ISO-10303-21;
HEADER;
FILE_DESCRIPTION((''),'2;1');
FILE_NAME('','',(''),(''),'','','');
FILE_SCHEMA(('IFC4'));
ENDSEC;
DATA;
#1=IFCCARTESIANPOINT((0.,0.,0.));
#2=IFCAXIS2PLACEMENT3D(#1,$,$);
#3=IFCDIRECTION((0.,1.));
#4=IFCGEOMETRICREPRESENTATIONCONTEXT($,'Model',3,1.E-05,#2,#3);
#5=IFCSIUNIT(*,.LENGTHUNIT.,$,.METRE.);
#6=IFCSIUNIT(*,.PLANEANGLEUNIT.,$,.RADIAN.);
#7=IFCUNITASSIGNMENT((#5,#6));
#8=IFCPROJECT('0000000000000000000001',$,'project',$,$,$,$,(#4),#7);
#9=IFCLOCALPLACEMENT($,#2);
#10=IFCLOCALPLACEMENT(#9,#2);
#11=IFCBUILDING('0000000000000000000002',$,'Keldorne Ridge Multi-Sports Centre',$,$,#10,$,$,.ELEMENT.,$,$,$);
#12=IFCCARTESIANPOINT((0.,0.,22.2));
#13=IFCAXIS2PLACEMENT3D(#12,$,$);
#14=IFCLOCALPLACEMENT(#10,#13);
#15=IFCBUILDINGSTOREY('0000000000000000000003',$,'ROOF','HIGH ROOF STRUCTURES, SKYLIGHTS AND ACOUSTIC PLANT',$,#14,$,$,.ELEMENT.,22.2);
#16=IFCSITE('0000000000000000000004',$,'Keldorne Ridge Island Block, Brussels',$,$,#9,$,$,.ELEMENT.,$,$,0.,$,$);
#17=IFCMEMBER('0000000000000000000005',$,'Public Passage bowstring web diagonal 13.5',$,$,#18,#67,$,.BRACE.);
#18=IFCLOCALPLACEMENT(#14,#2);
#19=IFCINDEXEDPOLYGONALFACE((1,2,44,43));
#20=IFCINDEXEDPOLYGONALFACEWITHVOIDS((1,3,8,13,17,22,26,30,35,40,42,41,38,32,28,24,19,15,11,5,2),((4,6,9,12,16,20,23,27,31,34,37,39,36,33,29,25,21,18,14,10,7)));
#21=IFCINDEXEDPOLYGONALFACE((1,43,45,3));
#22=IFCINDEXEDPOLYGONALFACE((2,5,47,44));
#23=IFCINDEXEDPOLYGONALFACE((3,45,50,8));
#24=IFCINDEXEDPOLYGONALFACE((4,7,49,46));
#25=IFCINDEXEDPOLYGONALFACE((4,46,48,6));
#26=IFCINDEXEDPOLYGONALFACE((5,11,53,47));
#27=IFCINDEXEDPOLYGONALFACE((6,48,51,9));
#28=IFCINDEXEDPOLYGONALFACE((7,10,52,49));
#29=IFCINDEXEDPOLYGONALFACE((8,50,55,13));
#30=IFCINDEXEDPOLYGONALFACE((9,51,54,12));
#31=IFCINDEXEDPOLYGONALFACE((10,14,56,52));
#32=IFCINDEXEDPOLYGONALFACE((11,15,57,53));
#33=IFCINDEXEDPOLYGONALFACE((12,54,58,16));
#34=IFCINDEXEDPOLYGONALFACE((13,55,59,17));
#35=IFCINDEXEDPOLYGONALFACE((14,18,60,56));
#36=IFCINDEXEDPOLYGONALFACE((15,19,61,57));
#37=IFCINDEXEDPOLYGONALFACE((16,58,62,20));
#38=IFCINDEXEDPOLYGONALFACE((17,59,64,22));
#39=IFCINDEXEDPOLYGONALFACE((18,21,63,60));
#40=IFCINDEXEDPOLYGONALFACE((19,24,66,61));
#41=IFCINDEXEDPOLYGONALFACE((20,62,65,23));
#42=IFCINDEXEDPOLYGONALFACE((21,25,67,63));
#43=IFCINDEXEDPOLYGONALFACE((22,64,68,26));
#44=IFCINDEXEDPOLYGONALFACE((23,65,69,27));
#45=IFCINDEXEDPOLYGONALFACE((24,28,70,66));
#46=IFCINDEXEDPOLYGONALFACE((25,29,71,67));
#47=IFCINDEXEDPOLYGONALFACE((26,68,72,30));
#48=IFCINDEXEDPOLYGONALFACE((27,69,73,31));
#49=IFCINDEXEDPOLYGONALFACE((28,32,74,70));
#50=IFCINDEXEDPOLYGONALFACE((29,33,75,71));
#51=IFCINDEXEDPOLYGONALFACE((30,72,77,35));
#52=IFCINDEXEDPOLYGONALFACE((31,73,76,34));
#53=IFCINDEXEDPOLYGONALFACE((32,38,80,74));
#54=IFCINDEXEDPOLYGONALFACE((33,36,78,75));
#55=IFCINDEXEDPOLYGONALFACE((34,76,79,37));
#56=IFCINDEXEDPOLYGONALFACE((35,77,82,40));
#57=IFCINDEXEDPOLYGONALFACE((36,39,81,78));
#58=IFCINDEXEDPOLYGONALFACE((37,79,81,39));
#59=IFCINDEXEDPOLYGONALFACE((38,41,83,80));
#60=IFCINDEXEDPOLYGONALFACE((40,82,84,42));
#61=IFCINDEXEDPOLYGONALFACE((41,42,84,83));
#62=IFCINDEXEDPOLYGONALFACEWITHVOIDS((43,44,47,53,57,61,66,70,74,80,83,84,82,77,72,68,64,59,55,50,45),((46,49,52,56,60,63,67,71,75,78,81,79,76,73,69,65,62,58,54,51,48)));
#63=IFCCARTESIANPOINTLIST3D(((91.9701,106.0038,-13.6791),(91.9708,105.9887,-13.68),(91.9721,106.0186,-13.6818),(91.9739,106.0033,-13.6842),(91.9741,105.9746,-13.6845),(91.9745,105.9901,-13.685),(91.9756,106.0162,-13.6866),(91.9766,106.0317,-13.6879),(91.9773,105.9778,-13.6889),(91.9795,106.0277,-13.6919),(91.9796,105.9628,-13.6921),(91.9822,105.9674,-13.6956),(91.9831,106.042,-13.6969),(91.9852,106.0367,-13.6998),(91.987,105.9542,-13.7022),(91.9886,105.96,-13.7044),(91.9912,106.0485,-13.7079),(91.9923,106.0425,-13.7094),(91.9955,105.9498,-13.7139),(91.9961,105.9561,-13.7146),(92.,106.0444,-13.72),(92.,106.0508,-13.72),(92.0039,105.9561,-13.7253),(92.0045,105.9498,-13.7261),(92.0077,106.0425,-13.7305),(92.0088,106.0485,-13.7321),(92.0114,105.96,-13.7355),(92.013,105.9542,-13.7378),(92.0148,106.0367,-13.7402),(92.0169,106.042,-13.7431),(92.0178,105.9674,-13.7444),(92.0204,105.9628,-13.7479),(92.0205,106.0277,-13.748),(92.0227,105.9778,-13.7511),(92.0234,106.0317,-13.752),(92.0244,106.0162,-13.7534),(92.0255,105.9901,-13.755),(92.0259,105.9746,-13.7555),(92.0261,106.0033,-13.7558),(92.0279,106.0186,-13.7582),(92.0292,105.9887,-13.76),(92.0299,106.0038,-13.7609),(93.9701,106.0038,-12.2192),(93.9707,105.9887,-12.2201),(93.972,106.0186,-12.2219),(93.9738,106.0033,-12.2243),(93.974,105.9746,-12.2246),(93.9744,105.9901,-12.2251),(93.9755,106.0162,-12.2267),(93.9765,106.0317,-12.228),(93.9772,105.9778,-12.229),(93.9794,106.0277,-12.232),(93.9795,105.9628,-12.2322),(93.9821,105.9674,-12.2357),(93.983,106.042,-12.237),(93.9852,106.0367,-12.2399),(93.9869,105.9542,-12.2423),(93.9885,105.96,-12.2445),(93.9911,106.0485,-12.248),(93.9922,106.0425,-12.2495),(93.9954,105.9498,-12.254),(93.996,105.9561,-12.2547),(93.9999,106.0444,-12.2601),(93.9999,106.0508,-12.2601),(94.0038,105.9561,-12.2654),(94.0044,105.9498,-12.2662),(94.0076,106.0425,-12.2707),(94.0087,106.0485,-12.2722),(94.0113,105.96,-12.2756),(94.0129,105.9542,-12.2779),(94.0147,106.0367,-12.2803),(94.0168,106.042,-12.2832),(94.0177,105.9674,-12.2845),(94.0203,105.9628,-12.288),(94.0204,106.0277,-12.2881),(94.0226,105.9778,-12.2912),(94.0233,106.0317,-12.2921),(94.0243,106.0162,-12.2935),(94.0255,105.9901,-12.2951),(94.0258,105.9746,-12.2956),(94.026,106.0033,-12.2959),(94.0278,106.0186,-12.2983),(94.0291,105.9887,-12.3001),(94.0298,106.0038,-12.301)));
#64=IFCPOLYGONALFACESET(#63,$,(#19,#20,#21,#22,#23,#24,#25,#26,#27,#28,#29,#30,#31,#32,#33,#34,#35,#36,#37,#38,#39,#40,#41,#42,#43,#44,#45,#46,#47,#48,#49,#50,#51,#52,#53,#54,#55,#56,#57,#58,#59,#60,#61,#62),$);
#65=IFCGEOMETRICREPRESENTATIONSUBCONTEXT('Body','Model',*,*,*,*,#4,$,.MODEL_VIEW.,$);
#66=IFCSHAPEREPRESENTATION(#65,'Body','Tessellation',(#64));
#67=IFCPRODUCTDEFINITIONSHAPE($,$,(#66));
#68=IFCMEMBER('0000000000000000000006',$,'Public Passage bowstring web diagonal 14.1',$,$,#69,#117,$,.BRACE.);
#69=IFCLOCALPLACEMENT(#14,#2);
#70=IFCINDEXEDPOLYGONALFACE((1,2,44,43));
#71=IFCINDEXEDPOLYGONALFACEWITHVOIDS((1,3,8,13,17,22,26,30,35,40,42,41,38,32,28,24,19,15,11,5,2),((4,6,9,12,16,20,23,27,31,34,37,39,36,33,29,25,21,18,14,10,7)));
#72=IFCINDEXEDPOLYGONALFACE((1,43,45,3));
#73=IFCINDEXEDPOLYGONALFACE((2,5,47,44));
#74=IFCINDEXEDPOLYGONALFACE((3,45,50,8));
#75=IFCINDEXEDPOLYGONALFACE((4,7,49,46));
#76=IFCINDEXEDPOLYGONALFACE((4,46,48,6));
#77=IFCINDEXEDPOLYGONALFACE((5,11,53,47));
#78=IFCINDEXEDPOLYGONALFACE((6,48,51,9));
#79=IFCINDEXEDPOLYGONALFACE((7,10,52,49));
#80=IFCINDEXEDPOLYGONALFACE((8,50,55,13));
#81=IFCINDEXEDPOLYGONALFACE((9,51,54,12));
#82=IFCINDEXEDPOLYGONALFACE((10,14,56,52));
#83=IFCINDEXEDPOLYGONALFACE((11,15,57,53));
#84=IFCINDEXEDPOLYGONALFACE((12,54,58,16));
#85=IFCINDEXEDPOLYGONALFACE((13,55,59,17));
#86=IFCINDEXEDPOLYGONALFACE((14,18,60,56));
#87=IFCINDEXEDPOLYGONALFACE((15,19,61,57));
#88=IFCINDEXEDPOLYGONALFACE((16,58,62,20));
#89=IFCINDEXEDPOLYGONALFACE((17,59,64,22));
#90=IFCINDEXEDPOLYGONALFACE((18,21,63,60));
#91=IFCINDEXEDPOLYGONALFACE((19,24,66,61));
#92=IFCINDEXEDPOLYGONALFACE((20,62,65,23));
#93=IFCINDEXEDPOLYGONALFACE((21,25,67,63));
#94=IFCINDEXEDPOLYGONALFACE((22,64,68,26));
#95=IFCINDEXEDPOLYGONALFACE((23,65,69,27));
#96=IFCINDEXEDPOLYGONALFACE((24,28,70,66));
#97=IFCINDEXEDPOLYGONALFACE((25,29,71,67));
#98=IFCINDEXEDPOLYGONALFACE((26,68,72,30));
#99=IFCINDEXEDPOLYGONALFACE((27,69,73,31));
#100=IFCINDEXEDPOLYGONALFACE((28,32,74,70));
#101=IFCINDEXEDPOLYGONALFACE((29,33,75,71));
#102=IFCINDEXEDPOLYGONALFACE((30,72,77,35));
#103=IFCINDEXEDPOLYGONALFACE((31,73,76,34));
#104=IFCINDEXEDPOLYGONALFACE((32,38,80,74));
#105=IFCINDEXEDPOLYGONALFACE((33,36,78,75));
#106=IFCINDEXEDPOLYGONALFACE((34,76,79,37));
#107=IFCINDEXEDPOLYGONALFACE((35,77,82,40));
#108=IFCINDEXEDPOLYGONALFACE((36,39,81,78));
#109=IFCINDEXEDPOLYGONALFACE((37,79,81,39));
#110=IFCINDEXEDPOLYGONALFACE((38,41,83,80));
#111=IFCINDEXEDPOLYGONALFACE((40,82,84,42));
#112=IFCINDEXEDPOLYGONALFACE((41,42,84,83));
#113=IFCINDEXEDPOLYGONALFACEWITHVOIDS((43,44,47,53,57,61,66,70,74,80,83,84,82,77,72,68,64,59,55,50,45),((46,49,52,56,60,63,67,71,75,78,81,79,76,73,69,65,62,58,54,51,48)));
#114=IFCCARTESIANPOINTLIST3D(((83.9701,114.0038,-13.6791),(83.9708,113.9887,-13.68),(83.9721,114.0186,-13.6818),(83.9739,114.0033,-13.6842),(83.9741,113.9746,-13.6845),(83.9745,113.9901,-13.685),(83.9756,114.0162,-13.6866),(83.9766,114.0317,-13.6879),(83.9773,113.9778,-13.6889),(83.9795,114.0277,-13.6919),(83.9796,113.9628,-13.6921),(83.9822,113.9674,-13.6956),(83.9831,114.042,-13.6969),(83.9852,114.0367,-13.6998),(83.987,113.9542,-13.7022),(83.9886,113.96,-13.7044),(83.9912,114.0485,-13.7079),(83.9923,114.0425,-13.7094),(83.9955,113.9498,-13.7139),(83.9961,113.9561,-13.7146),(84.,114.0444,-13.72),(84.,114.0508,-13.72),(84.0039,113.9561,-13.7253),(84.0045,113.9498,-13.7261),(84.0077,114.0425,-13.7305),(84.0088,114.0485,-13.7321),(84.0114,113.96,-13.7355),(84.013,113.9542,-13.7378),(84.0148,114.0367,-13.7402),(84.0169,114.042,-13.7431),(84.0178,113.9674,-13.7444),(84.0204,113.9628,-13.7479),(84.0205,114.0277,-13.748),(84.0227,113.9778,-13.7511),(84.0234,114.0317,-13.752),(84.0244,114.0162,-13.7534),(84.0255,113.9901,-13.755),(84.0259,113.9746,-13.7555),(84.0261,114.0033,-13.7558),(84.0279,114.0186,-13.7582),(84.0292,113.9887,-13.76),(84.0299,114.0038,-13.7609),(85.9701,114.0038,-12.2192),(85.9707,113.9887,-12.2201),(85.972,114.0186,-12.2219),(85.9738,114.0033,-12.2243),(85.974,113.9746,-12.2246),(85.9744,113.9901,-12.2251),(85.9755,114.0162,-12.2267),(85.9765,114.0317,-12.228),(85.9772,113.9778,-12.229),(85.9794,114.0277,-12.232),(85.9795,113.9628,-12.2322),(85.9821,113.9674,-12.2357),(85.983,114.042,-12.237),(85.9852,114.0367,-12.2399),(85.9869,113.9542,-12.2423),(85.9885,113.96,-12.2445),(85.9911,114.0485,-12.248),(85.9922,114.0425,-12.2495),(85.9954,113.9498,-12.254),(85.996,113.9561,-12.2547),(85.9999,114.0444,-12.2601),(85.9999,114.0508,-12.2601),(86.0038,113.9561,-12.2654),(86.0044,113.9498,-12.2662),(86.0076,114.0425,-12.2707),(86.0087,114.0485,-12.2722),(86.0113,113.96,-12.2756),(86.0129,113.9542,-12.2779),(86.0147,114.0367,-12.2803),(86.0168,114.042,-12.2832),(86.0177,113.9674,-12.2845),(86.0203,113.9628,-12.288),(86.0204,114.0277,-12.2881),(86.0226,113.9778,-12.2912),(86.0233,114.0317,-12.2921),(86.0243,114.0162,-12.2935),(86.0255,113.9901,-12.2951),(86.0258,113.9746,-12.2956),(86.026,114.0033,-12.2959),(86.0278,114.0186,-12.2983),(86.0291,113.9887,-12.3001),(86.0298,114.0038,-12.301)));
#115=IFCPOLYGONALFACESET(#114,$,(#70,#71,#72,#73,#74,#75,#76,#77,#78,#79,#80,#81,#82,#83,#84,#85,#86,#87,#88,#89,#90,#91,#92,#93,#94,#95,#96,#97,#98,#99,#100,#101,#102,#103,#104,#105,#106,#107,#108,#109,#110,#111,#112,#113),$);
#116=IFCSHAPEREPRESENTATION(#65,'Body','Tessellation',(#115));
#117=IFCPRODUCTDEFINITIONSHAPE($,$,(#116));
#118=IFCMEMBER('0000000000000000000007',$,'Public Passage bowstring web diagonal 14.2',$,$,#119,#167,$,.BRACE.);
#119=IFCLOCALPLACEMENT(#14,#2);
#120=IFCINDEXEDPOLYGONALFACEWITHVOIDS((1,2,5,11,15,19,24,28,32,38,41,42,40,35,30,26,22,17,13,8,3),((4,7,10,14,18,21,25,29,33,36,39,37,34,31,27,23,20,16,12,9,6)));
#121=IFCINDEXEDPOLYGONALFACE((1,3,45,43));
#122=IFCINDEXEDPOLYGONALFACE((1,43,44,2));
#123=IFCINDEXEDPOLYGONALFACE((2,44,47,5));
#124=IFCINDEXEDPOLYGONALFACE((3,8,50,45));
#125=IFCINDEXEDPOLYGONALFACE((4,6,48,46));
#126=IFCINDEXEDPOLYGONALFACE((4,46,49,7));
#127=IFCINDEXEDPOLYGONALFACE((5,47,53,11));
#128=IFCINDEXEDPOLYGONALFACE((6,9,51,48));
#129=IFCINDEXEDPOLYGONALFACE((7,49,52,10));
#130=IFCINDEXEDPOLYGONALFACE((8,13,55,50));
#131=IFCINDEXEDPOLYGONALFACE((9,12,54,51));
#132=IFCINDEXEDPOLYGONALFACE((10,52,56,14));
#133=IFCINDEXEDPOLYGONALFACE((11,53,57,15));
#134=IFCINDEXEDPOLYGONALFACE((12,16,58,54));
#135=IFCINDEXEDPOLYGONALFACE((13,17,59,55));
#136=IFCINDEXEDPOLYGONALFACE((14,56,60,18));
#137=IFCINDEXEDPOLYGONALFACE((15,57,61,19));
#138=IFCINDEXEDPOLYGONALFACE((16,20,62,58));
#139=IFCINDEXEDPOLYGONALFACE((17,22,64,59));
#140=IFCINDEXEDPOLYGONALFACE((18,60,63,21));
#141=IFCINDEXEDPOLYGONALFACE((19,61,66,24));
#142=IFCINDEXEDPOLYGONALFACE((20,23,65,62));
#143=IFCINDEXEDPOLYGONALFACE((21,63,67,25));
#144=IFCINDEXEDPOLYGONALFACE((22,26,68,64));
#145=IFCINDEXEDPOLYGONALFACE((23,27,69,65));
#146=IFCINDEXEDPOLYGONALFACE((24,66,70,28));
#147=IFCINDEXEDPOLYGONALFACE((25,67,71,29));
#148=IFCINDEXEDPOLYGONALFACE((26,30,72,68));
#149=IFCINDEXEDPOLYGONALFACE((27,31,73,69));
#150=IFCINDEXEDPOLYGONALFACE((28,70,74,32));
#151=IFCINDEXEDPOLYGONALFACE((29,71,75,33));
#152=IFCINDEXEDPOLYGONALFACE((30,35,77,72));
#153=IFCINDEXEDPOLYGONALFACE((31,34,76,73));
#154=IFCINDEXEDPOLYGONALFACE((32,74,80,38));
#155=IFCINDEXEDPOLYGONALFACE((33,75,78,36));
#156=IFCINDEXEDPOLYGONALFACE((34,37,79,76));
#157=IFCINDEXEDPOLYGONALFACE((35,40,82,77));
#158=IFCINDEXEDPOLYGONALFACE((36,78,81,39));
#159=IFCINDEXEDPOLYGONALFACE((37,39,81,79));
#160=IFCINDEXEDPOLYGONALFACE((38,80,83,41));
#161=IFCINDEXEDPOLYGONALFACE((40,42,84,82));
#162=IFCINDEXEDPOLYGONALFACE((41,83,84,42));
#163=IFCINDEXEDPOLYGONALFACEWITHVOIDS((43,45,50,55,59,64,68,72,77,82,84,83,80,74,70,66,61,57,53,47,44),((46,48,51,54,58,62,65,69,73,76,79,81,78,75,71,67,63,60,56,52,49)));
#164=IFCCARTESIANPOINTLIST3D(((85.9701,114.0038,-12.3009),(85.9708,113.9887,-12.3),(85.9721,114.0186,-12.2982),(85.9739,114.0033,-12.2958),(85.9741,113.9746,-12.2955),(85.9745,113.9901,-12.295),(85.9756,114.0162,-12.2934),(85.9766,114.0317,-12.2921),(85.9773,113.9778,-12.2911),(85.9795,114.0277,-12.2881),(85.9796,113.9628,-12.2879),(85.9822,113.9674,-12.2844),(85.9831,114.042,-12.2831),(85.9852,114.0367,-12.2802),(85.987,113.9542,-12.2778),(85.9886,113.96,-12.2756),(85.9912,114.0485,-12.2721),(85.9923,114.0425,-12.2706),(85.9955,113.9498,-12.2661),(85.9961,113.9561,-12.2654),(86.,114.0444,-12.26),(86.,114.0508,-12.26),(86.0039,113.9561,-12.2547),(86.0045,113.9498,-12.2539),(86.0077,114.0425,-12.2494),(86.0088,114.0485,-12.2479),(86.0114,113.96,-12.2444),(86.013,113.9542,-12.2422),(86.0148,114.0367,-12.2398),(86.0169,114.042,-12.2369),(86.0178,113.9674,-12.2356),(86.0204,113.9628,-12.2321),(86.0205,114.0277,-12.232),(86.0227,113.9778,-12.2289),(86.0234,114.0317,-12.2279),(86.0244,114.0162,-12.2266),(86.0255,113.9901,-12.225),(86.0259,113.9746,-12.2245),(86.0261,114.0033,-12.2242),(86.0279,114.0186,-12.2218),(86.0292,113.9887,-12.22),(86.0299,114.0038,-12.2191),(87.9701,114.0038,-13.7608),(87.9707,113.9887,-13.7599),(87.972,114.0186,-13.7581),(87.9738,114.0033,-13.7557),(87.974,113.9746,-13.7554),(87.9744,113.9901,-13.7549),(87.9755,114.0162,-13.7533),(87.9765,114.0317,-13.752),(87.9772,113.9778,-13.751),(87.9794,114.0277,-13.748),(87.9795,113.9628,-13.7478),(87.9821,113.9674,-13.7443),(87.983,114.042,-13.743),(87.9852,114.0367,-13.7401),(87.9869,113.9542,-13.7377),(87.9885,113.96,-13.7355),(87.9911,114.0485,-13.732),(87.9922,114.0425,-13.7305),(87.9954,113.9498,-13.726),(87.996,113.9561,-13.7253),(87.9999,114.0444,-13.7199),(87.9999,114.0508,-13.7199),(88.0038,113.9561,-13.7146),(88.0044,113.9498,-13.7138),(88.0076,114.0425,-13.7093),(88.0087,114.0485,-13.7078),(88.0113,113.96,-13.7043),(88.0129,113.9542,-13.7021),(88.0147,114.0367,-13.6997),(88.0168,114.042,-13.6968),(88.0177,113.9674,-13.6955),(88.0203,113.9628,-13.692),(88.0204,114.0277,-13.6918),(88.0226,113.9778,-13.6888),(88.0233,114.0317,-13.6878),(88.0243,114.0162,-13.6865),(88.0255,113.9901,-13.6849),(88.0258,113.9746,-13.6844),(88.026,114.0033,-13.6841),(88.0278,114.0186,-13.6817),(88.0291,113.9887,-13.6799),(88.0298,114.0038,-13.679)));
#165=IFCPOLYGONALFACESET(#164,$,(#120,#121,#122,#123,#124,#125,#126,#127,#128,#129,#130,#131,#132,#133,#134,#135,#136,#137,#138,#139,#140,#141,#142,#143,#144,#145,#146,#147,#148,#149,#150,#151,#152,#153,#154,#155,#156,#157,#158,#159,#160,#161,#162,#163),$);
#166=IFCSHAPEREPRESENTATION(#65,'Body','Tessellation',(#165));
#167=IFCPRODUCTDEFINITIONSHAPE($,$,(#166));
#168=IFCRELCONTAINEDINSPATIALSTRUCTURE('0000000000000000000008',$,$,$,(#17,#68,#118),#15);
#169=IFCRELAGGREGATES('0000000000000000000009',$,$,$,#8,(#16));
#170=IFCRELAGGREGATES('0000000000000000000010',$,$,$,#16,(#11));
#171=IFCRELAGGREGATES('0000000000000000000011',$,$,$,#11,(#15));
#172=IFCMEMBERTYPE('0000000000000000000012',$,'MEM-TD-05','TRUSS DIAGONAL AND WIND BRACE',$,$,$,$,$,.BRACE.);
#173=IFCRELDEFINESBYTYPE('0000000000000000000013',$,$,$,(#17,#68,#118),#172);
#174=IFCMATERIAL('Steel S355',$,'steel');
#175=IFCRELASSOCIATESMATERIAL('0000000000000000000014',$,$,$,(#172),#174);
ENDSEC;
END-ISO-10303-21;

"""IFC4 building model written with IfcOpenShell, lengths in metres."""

from ifc_helpers import new_model, si_unit, direction, frame, origin, origin_2d, place, context, subcontext, project, spatial, hollow_circle, extrude, material, material_profile, profile_set, type_object, element, save


model = new_model("IFC4")

# Units and contexts
model_context = context("Model", 3, precision=1e-05, world=origin(), true_north=direction((0.0, 1.0)))
body_context = subcontext(model_context, "Body", "Model", "MODEL_VIEW")
ifc_project = project(units=[si_unit("LENGTHUNIT", "METRE"), si_unit("PLANEANGLEUNIT", "RADIAN")], contexts=[model_context])

# Site, building, storey
site_placement = place(None, origin())
site = spatial("IfcSite", under=ifc_project, at=site_placement, Name="Keldorne Ridge Island Block, Brussels", CompositionType="ELEMENT", RefElevation=0.0)
building_placement = place(site_placement, origin())
building = spatial("IfcBuilding", under=site, at=building_placement, Name="Keldorne Ridge Multi-Sports Centre", CompositionType="ELEMENT")
storey_placement = place(building_placement, frame((0.0, 0.0, 22.2)))
storey = spatial("IfcBuildingStorey", under=building, at=storey_placement, Name="ROOF", Description="HIGH ROOF STRUCTURES, SKYLIGHTS AND ACOUSTIC PLANT", CompositionType="ELEMENT", Elevation=22.2)

# Members
ifc_material = material(Name="Steel S355", Category="steel")
ifc_material_profile_1 = material_profile(ifc_material, hollow_circle(Radius=0.0508, WallThickness=0.0063, at=origin_2d()), Name="CHS 101.6x6.3")
ifc_profile_set_1 = profile_set([ifc_material_profile_1], Name="Steel S355")
member_type_1 = type_object("IfcMemberType", Name="MEM-TD-05", Description="TRUSS DIAGONAL AND WIND BRACE", PredefinedType="BRACE", material=ifc_profile_set_1)
for number, where, z_axis, x_axis, name in (
    (1, (92.0, 106.0, -13.72), (0.807695, 0.0, 0.589601), (0.0, 1.0, 0.0), "Public Passage bowstring web diagonal 13.5"),
    (2, (84.0, 114.0, -13.72), (0.807695, 0.0, 0.589601), (0.0, 1.0, 0.0), "Public Passage bowstring web diagonal 14.1"),
    (3, (86.0, 114.0, -12.26), (0.807695, 0.0, -0.589601), (0.0, 1.0, 0.0), "Public Passage bowstring web diagonal 14.2"),
):
    element("IfcMember", number, at=place(storey_placement, frame(where, z_axis=z_axis, x_axis=x_axis)), inside=storey, type_object=member_type_1, Name=name, PredefinedType="BRACE", context=body_context, shape_type="SweptSolid", body=[
        extrude(hollow_circle(Radius=0.0508, WallThickness=0.0063, at=origin_2d()), origin(), (0.0, 0.0, 1.0), 2.4761),
    ])

save(model, "model.ifc")
